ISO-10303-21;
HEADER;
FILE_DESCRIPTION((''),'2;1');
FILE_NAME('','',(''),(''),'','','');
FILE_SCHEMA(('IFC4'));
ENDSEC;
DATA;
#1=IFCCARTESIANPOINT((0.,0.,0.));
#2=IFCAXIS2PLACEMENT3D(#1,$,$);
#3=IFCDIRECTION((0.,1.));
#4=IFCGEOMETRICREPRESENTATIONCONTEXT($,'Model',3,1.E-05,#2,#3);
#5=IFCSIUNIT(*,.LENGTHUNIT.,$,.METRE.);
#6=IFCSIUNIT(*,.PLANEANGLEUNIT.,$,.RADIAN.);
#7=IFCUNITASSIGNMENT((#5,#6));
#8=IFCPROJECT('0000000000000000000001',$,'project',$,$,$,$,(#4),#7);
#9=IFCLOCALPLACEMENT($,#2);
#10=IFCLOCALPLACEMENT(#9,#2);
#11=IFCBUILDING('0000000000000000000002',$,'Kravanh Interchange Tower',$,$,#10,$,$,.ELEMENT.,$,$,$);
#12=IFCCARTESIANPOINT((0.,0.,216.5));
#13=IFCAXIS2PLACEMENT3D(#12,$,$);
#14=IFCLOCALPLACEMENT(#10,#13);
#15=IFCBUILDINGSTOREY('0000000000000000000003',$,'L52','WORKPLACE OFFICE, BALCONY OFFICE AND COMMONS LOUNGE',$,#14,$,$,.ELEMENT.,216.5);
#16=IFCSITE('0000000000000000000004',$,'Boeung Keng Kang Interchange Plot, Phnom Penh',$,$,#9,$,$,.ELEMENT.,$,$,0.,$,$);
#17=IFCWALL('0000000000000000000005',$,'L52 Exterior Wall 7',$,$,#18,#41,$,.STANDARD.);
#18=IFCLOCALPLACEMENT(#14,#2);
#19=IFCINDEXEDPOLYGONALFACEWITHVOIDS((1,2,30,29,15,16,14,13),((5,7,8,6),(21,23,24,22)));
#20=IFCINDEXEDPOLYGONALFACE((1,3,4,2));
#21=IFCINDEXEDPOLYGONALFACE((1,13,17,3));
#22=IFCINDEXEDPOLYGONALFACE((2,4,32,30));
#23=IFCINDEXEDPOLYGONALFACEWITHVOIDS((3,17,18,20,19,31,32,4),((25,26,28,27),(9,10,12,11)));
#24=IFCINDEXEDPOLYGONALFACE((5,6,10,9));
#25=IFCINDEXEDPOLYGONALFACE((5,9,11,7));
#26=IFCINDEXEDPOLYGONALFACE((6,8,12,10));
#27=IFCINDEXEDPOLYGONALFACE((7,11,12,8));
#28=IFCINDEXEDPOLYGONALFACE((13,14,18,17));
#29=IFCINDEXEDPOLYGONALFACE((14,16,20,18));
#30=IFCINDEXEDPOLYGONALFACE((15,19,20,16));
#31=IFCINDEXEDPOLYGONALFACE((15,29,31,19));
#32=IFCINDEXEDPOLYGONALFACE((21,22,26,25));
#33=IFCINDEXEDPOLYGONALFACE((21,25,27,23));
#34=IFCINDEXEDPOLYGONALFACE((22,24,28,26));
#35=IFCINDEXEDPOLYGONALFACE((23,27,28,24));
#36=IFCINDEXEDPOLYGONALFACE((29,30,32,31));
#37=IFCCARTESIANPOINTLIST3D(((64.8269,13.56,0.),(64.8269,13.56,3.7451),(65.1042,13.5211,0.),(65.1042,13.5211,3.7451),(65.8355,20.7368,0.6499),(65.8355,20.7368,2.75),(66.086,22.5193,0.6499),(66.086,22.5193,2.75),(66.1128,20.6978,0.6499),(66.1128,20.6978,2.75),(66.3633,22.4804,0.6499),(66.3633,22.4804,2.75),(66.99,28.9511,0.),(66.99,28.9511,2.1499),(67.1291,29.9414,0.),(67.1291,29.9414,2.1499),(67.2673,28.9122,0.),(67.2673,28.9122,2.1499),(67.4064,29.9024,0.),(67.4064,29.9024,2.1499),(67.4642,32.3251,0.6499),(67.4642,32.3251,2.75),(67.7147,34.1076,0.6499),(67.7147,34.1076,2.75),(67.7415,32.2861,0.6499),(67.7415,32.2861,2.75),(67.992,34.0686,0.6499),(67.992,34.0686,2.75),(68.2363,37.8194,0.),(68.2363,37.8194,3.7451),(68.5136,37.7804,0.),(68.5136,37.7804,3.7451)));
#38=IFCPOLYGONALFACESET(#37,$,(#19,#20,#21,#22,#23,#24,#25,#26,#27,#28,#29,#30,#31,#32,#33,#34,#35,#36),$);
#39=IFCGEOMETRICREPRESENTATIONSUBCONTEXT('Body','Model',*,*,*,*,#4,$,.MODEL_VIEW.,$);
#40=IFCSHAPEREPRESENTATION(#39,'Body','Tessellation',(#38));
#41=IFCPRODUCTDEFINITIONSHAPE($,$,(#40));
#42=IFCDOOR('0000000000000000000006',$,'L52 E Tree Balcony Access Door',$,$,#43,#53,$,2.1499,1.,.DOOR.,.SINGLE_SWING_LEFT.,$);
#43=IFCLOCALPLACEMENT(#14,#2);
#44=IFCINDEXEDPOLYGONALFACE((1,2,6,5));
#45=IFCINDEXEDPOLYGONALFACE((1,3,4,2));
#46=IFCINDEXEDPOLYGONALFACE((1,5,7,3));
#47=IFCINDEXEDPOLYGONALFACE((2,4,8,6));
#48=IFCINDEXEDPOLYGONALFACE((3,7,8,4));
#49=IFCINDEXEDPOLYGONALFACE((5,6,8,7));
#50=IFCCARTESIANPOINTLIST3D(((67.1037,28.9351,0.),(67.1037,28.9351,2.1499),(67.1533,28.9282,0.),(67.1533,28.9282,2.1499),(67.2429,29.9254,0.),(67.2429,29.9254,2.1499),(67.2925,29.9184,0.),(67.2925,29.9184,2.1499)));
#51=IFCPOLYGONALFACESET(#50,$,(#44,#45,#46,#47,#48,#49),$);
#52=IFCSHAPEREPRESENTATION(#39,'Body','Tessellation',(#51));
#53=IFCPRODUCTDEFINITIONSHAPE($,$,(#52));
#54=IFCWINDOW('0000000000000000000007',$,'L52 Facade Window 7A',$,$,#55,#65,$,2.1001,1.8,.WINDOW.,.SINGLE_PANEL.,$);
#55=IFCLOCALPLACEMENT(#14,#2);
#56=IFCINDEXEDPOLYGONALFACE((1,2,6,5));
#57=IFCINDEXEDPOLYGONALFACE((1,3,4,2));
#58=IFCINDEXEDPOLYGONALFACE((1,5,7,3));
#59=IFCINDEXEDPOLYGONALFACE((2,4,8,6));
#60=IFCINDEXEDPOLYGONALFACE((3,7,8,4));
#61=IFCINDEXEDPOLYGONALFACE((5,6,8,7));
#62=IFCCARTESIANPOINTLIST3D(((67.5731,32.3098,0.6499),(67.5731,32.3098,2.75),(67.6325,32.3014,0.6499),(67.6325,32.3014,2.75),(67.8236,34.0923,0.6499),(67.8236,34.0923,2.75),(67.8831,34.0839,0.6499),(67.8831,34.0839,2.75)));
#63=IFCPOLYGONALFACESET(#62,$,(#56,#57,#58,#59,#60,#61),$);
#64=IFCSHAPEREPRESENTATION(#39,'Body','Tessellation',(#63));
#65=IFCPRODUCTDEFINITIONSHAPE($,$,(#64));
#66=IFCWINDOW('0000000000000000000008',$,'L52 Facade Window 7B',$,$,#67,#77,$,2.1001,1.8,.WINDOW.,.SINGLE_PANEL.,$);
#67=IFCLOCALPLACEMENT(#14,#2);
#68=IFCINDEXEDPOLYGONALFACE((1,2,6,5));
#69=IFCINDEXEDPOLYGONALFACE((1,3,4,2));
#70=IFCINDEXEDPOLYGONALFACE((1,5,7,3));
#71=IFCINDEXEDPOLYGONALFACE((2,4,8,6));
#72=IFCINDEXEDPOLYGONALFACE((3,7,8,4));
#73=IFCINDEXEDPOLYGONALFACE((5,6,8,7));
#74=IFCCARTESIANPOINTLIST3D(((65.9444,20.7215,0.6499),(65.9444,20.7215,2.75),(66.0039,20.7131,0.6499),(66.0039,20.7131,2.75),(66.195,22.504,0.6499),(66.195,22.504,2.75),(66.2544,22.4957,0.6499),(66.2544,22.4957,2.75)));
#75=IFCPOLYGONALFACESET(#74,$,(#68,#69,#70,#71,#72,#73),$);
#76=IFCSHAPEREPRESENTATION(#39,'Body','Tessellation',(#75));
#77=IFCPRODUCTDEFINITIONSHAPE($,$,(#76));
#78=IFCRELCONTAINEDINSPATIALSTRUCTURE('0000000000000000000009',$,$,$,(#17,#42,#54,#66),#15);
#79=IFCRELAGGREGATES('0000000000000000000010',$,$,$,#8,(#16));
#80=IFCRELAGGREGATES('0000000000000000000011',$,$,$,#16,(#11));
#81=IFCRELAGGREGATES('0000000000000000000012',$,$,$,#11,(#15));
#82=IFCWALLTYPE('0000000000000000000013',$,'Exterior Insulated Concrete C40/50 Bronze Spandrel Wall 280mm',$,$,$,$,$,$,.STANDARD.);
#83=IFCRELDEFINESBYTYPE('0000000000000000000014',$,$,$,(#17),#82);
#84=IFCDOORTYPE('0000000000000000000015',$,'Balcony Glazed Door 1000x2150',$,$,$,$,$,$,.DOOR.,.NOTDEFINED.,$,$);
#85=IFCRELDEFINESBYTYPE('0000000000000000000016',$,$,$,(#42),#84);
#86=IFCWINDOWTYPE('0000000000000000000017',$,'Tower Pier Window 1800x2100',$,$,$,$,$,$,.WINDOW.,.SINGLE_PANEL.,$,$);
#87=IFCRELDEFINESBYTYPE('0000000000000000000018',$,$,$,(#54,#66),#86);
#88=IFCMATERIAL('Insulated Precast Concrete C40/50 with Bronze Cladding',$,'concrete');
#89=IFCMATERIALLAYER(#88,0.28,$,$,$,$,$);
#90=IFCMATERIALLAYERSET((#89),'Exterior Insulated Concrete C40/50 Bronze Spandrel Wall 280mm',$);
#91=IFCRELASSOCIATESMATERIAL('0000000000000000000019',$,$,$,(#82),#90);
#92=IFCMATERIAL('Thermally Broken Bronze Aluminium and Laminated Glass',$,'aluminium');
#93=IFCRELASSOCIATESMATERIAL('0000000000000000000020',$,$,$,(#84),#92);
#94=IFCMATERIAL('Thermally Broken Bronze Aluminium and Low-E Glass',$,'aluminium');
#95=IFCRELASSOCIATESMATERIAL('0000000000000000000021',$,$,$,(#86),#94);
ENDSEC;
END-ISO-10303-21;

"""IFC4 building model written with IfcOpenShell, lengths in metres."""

from ifc_helpers import new_model, si_unit, direction, frame, frame_2d, origin, place, context, subcontext, project, spatial, rectangle, extrude, material, layer, layer_set, type_object, element, fill, save


model = new_model("IFC4")

# Units and contexts
model_context = context("Model", 3, precision=1e-05, world=origin(), true_north=direction((0.0, 1.0)))
body_context = subcontext(model_context, "Body", "Model", "MODEL_VIEW")
ifc_project = project(units=[si_unit("LENGTHUNIT", "METRE"), si_unit("PLANEANGLEUNIT", "RADIAN")], contexts=[model_context])

# Site, building, storey
site_placement = place(None, origin())
site = spatial("IfcSite", under=ifc_project, at=site_placement, Name="Boeung Keng Kang Interchange Plot, Phnom Penh", CompositionType="ELEMENT", RefElevation=0.0)
building_placement = place(site_placement, origin())
building = spatial("IfcBuilding", under=site, at=building_placement, Name="Kravanh Interchange Tower", CompositionType="ELEMENT")
storey_placement = place(building_placement, frame((0.0, 0.0, 216.5)))
storey = spatial("IfcBuildingStorey", under=building, at=storey_placement, Name="L52", Description="WORKPLACE OFFICE, BALCONY OFFICE AND COMMONS LOUNGE", CompositionType="ELEMENT", Elevation=216.5)

# Wall, openings, door, windows
ifc_material_1 = material(Name="Insulated Precast Concrete C40/50 with Bronze Cladding", Category="concrete")
ifc_layer_1 = layer(ifc_material_1, 0.28)
ifc_layer_set_1 = layer_set([ifc_layer_1], Name="Exterior Insulated Concrete C40/50 Bronze Spandrel Wall 280mm")
wall_type_1 = type_object("IfcWallType", Name="Exterior Insulated Concrete C40/50 Bronze Spandrel Wall 280mm", PredefinedType="STANDARD", material=ifc_layer_set_1)
wall_1_placement = place(storey_placement, frame((68.375, 37.8, 0.0), z_axis=(0.0, 0.0, 1.0), x_axis=(-0.139173, -0.990268, 0.0)))
wall_1 = element("IfcWall", 1, at=wall_1_placement, inside=storey, type_object=wall_type_1, Name="L52 Exterior Wall 7", PredefinedType="STANDARD", context=body_context, shape_type="SweptSolid", body=[
    extrude(rectangle(XDim=24.4978, YDim=0.28, at=frame_2d((12.249, 0.0))), origin(), (0.0, 0.0, 1.0), 3.7451),
])
opening_1_placement = place(wall_1_placement, frame((7.9556, 0.0, 0.0)))
opening_1 = element("IfcOpeningElement", 2, at=opening_1_placement, cuts=wall_1, PredefinedType="OPENING", context=body_context, shape_type="SweptSolid", body=[
    extrude(rectangle(XDim=1.0, YDim=2.1499, at=frame_2d((0.5, 1.075))), frame((0.0, 0.1499, 0.0), z_axis=(0.0, -1.0, 0.0), x_axis=(1.0, 0.0, 0.0)), (0.0, 0.0, 1.0), 0.3),
])
opening_2_placement = place(wall_1_placement, frame((3.7485, 0.0, 0.6499)))
opening_2 = element("IfcOpeningElement", 3, at=opening_2_placement, cuts=wall_1, PredefinedType="OPENING", context=body_context, shape_type="SweptSolid", body=[
    extrude(rectangle(XDim=1.8, YDim=2.1001, at=frame_2d((0.8999, 1.05))), frame((0.0, 0.1499, 0.0), z_axis=(0.0, -1.0, 0.0), x_axis=(1.0, 0.0, 0.0)), (0.0, 0.0, 1.0), 0.3),
])
opening_3_placement = place(wall_1_placement, frame((15.4507, 0.0, 0.6499)))
opening_3 = element("IfcOpeningElement", 4, at=opening_3_placement, cuts=wall_1, PredefinedType="OPENING", context=body_context, shape_type="SweptSolid", body=[
    extrude(rectangle(XDim=1.8, YDim=2.1001, at=frame_2d((0.8999, 1.05))), frame((0.0, 0.1499, 0.0), z_axis=(0.0, -1.0, 0.0), x_axis=(1.0, 0.0, 0.0)), (0.0, 0.0, 1.0), 0.3),
])
ifc_material_2 = material(Name="Thermally Broken Bronze Aluminium and Laminated Glass", Category="aluminium")
door_type_1 = type_object("IfcDoorType", Name="Balcony Glazed Door 1000x2150", OperationType="NOTDEFINED", PredefinedType="DOOR", material=ifc_material_2)
door_1_placement = place(opening_1_placement, origin())
door_1 = element("IfcDoor", 5, at=door_1_placement, inside=storey, type_object=door_type_1, Name="L52 E Tree Balcony Access Door", OperationType="SINGLE_SWING_LEFT", OverallHeight=2.1499, OverallWidth=1.0, PredefinedType="DOOR", context=body_context, shape_type="SweptSolid", body=[
    extrude(rectangle(XDim=1.0, YDim=2.1499, at=frame_2d((0.5, 1.075))), frame((0.0, 0.0249, 0.0), z_axis=(0.0, -1.0, 0.0), x_axis=(1.0, 0.0, 0.0)), (0.0, 0.0, 1.0), 0.05),
])
fill(opening_1, door_1)
ifc_material_3 = material(Name="Thermally Broken Bronze Aluminium and Low-E Glass", Category="aluminium")
window_type = type_object("IfcWindowType", Name="Tower Pier Window 1800x2100", PartitioningType="SINGLE_PANEL", PredefinedType="WINDOW", material=ifc_material_3)
window_1_placement = place(opening_2_placement, origin())
window_1 = element("IfcWindow", 6, at=window_1_placement, inside=storey, type_object=window_type, Name="L52 Facade Window 7A", OverallHeight=2.1001, OverallWidth=1.8, PartitioningType="SINGLE_PANEL", PredefinedType="WINDOW", context=body_context, shape_type="SweptSolid", body=[
    extrude(rectangle(XDim=1.8, YDim=2.1001, at=frame_2d((0.8999, 1.05))), frame((0.0, 0.03, 0.0), z_axis=(0.0, -1.0, 0.0), x_axis=(1.0, 0.0, 0.0)), (0.0, 0.0, 1.0), 0.0601),
])
fill(opening_2, window_1)
window_2_placement = place(opening_3_placement, origin())
window_2 = element("IfcWindow", 7, at=window_2_placement, inside=storey, type_object=window_type, Name="L52 Facade Window 7B", OverallHeight=2.1001, OverallWidth=1.8, PartitioningType="SINGLE_PANEL", PredefinedType="WINDOW", context=body_context, shape_type="SweptSolid", body=[
    extrude(rectangle(XDim=1.8, YDim=2.1001, at=frame_2d((0.8999, 1.05))), frame((0.0, 0.03, 0.0), z_axis=(0.0, -1.0, 0.0), x_axis=(1.0, 0.0, 0.0)), (0.0, 0.0, 1.0), 0.0601),
])
fill(opening_3, window_2)

save(model, "model.ifc")
